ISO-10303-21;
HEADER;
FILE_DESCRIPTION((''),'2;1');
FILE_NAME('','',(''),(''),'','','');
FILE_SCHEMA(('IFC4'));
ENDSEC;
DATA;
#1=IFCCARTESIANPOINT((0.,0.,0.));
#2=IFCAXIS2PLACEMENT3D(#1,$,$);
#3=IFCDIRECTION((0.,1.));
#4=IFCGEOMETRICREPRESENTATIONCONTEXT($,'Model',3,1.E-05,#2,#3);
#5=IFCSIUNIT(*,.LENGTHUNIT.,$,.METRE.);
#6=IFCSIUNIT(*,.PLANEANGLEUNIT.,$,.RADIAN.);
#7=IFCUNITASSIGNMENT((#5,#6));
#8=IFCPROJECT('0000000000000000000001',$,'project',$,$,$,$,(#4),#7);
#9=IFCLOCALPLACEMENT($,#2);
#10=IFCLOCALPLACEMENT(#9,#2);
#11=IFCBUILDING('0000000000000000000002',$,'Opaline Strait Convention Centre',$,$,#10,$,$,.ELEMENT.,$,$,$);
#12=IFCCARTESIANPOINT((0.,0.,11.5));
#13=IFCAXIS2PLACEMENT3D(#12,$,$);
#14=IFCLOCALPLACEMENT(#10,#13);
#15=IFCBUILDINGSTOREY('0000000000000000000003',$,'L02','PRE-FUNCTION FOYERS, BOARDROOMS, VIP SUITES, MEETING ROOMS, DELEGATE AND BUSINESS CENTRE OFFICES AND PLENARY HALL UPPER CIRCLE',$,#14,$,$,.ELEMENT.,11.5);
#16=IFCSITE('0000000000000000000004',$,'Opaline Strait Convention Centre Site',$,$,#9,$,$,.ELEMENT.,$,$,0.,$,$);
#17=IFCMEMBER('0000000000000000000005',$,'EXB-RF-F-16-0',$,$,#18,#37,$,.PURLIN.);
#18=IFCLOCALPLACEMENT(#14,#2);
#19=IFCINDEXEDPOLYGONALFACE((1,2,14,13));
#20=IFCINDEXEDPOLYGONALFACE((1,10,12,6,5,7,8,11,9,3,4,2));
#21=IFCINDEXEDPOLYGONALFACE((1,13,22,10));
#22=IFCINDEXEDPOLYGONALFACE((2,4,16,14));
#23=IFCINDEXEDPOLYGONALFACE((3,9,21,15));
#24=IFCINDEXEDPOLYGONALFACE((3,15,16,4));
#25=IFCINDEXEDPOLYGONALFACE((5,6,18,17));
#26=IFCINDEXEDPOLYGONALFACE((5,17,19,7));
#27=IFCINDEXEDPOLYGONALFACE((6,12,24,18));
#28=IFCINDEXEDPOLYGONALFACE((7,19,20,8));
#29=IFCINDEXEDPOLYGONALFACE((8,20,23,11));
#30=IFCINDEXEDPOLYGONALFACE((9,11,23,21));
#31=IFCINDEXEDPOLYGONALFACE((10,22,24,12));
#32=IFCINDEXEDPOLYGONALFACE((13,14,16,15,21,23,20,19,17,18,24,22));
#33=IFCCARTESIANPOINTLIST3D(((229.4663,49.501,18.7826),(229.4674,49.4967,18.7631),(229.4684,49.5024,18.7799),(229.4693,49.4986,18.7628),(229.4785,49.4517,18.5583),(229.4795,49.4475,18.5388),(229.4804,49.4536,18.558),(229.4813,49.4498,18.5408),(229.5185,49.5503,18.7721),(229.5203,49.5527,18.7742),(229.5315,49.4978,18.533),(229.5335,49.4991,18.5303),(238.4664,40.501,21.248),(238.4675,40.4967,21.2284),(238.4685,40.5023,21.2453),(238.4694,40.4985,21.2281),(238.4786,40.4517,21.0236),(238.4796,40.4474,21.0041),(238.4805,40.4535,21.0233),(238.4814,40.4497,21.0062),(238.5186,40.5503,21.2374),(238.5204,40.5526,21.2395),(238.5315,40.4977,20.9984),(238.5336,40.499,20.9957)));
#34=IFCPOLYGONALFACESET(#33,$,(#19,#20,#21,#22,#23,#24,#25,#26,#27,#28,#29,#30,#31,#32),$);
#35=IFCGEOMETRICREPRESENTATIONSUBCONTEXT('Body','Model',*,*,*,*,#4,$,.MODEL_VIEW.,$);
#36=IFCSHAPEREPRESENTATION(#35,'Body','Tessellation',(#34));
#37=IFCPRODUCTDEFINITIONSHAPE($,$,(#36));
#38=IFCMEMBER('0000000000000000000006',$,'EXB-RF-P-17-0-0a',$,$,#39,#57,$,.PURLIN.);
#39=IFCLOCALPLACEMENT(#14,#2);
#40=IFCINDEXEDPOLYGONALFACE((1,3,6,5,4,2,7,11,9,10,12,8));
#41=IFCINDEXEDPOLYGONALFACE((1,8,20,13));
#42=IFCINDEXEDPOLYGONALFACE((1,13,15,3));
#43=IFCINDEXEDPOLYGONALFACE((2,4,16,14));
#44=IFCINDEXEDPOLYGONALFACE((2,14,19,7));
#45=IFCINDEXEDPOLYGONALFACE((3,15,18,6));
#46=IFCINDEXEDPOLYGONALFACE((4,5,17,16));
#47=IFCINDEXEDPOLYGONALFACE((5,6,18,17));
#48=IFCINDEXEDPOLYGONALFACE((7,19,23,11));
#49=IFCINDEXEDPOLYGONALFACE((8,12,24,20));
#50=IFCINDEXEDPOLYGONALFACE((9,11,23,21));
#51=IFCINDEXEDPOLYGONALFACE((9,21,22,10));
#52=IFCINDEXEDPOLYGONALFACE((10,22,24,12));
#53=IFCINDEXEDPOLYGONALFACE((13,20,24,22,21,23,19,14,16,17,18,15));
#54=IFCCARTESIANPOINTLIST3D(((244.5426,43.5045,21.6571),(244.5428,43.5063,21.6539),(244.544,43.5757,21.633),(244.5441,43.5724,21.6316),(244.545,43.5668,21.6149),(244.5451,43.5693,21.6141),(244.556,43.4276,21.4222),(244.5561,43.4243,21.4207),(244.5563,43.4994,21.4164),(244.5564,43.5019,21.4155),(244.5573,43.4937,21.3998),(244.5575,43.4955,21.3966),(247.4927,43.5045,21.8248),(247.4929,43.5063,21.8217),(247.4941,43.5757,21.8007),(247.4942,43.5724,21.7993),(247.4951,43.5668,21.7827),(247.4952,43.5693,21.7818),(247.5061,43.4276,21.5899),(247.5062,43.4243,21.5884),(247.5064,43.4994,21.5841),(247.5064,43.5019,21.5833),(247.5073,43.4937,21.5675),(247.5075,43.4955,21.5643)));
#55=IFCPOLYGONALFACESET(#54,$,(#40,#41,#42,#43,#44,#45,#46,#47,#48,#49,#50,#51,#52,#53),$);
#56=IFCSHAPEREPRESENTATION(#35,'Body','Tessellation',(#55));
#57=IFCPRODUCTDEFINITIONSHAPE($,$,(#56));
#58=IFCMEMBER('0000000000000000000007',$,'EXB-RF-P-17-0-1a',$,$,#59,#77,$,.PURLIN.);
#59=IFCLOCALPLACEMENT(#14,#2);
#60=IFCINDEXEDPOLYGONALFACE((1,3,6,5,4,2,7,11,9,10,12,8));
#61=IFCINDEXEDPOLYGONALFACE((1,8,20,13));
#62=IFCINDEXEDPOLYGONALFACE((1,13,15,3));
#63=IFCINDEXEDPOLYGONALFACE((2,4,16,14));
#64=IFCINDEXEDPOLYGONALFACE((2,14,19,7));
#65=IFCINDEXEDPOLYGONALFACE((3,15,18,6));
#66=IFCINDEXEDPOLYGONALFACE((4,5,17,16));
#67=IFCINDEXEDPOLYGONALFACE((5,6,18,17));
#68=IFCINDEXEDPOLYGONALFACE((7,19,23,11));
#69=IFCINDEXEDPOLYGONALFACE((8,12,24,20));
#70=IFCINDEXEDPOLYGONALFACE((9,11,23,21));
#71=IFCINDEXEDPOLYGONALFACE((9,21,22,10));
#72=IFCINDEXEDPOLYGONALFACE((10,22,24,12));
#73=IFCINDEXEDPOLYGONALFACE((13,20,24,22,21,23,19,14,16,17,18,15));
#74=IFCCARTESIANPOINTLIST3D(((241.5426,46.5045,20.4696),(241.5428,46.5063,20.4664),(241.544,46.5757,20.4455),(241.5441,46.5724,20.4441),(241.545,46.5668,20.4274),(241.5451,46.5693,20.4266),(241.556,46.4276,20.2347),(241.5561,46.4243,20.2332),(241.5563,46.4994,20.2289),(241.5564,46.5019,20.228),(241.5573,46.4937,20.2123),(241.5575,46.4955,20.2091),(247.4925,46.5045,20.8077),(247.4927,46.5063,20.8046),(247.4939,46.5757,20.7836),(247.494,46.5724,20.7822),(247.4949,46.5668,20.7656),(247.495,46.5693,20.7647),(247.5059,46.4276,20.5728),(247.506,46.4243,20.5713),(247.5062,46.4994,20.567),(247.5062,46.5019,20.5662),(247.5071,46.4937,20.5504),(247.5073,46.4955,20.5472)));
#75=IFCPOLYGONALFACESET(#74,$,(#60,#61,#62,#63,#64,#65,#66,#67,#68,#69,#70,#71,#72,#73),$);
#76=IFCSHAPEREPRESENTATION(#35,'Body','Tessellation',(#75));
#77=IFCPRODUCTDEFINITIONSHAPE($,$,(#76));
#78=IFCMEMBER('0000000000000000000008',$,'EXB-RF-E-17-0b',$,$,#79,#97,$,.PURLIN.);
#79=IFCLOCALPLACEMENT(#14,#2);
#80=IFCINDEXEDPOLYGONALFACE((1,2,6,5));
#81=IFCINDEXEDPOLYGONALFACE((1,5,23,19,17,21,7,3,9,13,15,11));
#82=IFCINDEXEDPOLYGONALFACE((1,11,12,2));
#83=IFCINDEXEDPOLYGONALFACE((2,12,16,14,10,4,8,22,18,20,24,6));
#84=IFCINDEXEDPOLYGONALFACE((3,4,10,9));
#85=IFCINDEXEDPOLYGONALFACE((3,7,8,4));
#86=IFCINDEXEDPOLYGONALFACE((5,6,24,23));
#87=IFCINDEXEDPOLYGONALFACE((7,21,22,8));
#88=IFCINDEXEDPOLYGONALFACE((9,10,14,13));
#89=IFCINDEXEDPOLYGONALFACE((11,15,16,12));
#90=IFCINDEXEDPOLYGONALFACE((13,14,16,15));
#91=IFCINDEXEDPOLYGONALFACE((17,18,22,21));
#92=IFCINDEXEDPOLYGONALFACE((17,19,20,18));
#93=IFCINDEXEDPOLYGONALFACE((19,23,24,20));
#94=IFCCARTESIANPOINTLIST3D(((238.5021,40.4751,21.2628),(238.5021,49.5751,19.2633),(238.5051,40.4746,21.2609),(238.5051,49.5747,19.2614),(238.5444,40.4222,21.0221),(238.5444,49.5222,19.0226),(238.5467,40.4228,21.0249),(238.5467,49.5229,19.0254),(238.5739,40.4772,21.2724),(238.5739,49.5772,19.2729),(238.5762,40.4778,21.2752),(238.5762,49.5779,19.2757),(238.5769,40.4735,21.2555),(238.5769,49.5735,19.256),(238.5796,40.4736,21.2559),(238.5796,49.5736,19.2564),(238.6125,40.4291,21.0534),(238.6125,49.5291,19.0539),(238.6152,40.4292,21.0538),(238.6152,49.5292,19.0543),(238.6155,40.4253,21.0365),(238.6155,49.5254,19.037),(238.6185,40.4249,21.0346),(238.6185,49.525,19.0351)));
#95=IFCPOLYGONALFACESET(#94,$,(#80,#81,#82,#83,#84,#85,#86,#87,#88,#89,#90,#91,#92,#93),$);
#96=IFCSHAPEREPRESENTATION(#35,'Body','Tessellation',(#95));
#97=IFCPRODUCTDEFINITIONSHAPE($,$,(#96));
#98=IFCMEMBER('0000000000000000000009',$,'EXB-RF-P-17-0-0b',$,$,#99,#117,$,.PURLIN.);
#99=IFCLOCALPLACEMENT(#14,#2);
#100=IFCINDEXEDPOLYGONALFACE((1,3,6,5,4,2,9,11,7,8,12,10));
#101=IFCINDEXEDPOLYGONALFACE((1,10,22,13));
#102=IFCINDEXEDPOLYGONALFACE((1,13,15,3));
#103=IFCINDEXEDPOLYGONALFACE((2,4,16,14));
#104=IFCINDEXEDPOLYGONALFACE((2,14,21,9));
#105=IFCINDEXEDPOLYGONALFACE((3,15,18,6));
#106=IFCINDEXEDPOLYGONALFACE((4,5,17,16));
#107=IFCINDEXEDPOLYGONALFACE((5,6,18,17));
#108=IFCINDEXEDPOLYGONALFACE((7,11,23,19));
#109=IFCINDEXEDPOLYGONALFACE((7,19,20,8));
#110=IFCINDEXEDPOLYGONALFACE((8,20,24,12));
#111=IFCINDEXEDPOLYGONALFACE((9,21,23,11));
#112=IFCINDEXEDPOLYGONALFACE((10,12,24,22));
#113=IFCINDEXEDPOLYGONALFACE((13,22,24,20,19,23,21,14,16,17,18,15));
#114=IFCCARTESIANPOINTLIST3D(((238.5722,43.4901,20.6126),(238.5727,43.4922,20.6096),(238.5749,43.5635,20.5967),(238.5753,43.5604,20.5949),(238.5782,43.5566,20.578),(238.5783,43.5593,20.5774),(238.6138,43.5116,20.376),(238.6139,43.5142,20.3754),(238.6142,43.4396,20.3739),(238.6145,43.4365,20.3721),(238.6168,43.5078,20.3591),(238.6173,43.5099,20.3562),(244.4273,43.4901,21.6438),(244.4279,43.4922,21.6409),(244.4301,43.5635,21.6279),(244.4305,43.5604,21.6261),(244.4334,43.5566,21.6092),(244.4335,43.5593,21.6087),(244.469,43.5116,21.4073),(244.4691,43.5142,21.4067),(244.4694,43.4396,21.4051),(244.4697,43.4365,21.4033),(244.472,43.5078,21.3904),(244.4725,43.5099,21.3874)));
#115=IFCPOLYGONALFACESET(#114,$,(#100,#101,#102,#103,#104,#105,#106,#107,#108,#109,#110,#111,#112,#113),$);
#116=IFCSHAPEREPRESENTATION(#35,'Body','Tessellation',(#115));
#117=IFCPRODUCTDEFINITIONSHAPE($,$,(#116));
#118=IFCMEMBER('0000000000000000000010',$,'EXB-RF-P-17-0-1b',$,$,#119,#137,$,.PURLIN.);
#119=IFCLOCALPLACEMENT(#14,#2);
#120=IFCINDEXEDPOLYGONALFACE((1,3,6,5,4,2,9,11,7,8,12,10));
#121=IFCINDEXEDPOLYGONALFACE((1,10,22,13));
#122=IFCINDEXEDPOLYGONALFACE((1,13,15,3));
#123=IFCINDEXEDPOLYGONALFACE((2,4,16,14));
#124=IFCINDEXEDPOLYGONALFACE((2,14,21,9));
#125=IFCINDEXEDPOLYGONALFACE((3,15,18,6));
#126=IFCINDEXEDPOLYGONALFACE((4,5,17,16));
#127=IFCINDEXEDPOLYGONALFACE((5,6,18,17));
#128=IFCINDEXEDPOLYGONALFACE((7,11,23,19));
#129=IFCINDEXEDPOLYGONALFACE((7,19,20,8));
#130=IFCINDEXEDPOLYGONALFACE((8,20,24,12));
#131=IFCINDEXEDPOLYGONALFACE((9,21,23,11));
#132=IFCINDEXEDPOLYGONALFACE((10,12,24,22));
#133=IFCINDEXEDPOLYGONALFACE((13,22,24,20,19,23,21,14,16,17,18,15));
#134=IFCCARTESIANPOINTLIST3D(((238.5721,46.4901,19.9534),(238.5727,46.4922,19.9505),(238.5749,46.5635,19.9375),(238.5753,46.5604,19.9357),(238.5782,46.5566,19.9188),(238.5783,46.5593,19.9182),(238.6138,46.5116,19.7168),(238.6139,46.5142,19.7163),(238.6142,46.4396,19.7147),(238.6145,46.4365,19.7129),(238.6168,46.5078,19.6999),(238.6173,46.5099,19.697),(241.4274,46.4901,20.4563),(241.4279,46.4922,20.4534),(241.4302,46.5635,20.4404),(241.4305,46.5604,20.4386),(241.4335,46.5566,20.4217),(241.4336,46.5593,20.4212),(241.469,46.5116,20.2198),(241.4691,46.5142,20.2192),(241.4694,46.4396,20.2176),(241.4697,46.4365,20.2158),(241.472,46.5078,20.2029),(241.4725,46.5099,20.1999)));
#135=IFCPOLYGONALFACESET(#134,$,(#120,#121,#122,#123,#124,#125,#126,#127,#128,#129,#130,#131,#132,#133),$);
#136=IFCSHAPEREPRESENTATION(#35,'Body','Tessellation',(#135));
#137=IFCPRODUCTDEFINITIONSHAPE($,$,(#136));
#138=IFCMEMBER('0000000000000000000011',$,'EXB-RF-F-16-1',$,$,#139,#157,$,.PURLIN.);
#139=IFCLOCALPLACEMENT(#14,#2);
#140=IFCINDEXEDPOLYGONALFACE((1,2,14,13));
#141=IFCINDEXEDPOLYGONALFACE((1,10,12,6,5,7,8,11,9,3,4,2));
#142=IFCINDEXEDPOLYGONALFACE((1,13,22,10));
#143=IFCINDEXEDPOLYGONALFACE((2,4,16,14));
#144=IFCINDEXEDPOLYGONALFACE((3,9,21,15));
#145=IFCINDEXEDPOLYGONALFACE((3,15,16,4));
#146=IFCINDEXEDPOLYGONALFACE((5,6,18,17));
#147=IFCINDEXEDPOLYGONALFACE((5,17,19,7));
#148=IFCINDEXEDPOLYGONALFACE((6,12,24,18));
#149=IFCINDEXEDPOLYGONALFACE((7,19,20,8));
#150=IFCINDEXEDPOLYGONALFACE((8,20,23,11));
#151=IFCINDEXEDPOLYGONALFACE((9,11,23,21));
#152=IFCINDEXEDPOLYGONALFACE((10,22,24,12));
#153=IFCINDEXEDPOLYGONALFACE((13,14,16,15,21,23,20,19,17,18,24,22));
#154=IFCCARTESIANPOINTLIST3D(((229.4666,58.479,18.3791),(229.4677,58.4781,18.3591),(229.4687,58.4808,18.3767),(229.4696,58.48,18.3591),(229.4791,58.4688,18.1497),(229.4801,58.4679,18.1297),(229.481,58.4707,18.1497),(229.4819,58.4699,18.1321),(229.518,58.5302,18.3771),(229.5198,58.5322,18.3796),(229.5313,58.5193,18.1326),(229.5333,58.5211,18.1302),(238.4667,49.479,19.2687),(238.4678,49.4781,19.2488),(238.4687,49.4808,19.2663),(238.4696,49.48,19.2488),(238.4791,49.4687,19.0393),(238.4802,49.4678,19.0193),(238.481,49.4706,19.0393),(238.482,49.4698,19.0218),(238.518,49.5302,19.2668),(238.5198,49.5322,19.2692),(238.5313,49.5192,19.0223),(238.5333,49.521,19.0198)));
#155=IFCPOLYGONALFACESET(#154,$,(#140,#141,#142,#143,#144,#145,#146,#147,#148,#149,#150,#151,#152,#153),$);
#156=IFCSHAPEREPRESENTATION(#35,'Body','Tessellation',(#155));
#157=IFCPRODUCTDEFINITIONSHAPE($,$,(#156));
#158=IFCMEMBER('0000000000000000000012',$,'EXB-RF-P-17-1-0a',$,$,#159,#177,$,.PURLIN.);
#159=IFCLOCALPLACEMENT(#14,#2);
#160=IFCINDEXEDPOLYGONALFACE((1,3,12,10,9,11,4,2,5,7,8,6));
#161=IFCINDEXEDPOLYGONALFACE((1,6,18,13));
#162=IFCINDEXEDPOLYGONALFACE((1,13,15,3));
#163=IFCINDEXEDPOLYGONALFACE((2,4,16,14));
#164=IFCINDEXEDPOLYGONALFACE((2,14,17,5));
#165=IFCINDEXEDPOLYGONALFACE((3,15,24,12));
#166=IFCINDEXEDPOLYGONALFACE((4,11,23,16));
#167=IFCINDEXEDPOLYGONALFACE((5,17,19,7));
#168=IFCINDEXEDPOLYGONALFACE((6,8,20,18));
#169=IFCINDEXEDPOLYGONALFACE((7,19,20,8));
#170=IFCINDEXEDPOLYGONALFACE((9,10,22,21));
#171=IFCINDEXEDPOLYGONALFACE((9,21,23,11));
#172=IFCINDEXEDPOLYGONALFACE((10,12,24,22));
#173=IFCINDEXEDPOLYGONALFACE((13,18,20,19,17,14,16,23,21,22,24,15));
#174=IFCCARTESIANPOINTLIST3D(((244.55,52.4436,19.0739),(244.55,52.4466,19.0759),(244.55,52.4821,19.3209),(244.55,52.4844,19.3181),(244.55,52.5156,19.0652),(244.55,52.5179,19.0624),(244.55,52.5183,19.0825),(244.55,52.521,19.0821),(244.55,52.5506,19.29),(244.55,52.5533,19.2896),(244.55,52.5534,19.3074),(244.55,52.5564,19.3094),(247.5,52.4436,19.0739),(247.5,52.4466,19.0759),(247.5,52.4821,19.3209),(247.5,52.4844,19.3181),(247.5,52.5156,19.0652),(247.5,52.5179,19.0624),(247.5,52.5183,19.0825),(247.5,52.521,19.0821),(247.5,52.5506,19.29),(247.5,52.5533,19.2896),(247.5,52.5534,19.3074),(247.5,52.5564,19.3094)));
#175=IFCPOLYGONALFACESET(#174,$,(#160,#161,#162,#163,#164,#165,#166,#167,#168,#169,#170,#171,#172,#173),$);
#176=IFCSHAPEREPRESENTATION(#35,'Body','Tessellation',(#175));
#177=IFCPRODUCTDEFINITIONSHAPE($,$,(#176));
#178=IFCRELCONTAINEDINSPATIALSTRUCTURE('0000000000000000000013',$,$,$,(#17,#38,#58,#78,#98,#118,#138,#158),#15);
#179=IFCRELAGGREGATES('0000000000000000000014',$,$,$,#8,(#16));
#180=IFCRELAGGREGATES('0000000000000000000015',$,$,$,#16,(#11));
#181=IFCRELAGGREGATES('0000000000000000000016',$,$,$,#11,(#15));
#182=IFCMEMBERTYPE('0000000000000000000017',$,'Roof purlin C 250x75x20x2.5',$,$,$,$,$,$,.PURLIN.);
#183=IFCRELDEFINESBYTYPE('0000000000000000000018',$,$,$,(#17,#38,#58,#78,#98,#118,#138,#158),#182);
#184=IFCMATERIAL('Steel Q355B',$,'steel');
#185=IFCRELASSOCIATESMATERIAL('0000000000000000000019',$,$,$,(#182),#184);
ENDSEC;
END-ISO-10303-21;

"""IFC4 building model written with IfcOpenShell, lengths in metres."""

from ifc_helpers import new_model, si_unit, direction, frame, origin, place, context, subcontext, project, spatial, polyline, outline, extrude, material, material_profile, profile_set, type_object, element, save


model = new_model("IFC4")

# Units and contexts
model_context = context("Model", 3, precision=1e-05, world=origin(), true_north=direction((0.0, 1.0)))
body_context = subcontext(model_context, "Body", "Model", "MODEL_VIEW")
ifc_project = project(units=[si_unit("LENGTHUNIT", "METRE"), si_unit("PLANEANGLEUNIT", "RADIAN")], contexts=[model_context])

# Site, building, storey
site_placement = place(None, origin())
site = spatial("IfcSite", under=ifc_project, at=site_placement, Name="Opaline Strait Convention Centre Site", CompositionType="ELEMENT", RefElevation=0.0)
building_placement = place(site_placement, origin())
building = spatial("IfcBuilding", under=site, at=building_placement, Name="Opaline Strait Convention Centre", CompositionType="ELEMENT")
storey_placement = place(building_placement, frame((0.0, 0.0, 11.5)))
storey = spatial("IfcBuildingStorey", under=building, at=storey_placement, Name="L02", Description="PRE-FUNCTION FOYERS, BOARDROOMS, VIP SUITES, MEETING ROOMS, DELEGATE AND BUSINESS CENTRE OFFICES AND PLENARY HALL UPPER CIRCLE", CompositionType="ELEMENT", Elevation=11.5)

# Members
ifc_material_1 = material(Name="Steel Q355B", Category="steel")
ifc_material_profile_1 = material_profile(ifc_material_1, outline(polyline([(-0.0376, -0.125), (0.0376, -0.125), (0.0376, -0.105), (0.0349, -0.105), (0.0349, -0.1226), (-0.0349, -0.1226), (-0.0349, 0.1226), (0.0349, 0.1226), (0.0349, 0.105), (0.0376, 0.105), (0.0376, 0.125), (-0.0376, 0.125), (-0.0376, -0.125)])), Name="C 250x75x20x2.5")
ifc_profile_set_1 = profile_set([ifc_material_profile_1], Name="Steel Q355B")
member_type_1 = type_object("IfcMemberType", Name="Roof purlin C 250x75x20x2.5", PredefinedType="PURLIN", material=ifc_profile_set_1)
member_1_placement = place(storey_placement, frame((238.5, 40.5, 21.1218), z_axis=(-0.694204, 0.694204, -0.19016), x_axis=(-0.717834, -0.687136, 0.112067)))
element("IfcMember", 1, at=member_1_placement, inside=storey, type_object=member_type_1, Name="EXB-RF-F-16-0", PredefinedType="PURLIN", context=body_context, shape_type="SweptSolid", body=[
    extrude(outline(polyline([(-0.0376, -0.125), (0.0376, -0.125), (0.0376, -0.105), (0.0349, -0.105), (0.0349, -0.1226), (-0.0349, -0.1226), (-0.0349, 0.1226), (0.0349, 0.1226), (0.0349, 0.105), (0.0376, 0.105), (0.0376, 0.125), (-0.0376, 0.125), (-0.0376, -0.125)])), origin(), (0.0, 0.0, 1.0), 12.9646),
])
member_2_placement = place(storey_placement, frame((244.55, 43.5, 21.5269), z_axis=(0.998388, 0.0, 0.056765), x_axis=(0.018222, 0.947074, -0.320497)))
element("IfcMember", 2, at=member_2_placement, inside=storey, type_object=member_type_1, Name="EXB-RF-P-17-0-0a", PredefinedType="PURLIN", context=body_context, shape_type="SweptSolid", body=[
    extrude(outline(polyline([(-0.0376, -0.125), (0.0376, -0.125), (0.0376, -0.105), (0.0349, -0.105), (0.0349, -0.1226), (-0.0349, -0.1226), (-0.0349, 0.1226), (0.0349, 0.1226), (0.0349, 0.105), (0.0376, 0.105), (0.0376, 0.125), (-0.0376, 0.125), (-0.0376, -0.125)])), origin(), (0.0, 0.0, 1.0), 2.9548),
])
member_3_placement = place(storey_placement, frame((241.55, 46.5, 20.3394), z_axis=(0.998389, 0.0, 0.056738), x_axis=(0.018214, 0.947074, -0.320498)))
element("IfcMember", 3, at=member_3_placement, inside=storey, type_object=member_type_1, Name="EXB-RF-P-17-0-1a", PredefinedType="PURLIN", context=body_context, shape_type="SweptSolid", body=[
    extrude(outline(polyline([(-0.0376, -0.125), (0.0376, -0.125), (0.0376, -0.105), (0.0349, -0.105), (0.0349, -0.1226), (-0.0349, -0.1226), (-0.0349, 0.1226), (0.0349, 0.1226), (0.0349, 0.105), (0.0376, 0.105), (0.0376, 0.125), (-0.0376, 0.125), (-0.0376, -0.125)])), origin(), (0.0, 0.0, 1.0), 5.9595),
])
member_4_placement = place(storey_placement, frame((238.5603, 49.55, 19.1492), z_axis=(0.0, -0.976701, 0.214605), x_axis=(0.98553, 0.036376, 0.165553)))
element("IfcMember", 4, at=member_4_placement, inside=storey, type_object=member_type_1, Name="EXB-RF-E-17-0b", PredefinedType="PURLIN", context=body_context, shape_type="SweptSolid", body=[
    extrude(outline(polyline([(-0.0376, -0.125), (0.0376, -0.125), (0.0376, -0.105), (0.0349, -0.105), (0.0349, -0.1226), (-0.0349, -0.1226), (-0.0349, 0.1226), (0.0349, 0.1226), (0.0349, 0.105), (0.0376, 0.105), (0.0376, 0.125), (-0.0376, 0.125), (-0.0376, -0.125)])), origin(), (0.0, 0.0, 1.0), 9.3171),
])
member_5_placement = place(storey_placement, frame((238.5947, 43.5, 20.4844), z_axis=(0.984842, 0.0, 0.173455), x_axis=(0.037224, 0.976702, -0.211348)))
element("IfcMember", 5, at=member_5_placement, inside=storey, type_object=member_type_1, Name="EXB-RF-P-17-0-0b", PredefinedType="PURLIN", context=body_context, shape_type="SweptSolid", body=[
    extrude(outline(polyline([(-0.0376, -0.125), (0.0376, -0.125), (0.0376, -0.105), (0.0349, -0.105), (0.0349, -0.1226), (-0.0349, -0.1226), (-0.0349, 0.1226), (0.0349, 0.1226), (0.0349, 0.105), (0.0376, 0.105), (0.0376, 0.125), (-0.0376, 0.125), (-0.0376, -0.125)])), origin(), (0.0, 0.0, 1.0), 5.9453),
])
member_6_placement = place(storey_placement, frame((238.5947, 46.5, 19.8252), z_axis=(0.984839, 0.0, 0.173473), x_axis=(0.037227, 0.976702, -0.211347)))
element("IfcMember", 6, at=member_6_placement, inside=storey, type_object=member_type_1, Name="EXB-RF-P-17-0-1b", PredefinedType="PURLIN", context=body_context, shape_type="SweptSolid", body=[
    extrude(outline(polyline([(-0.0376, -0.125), (0.0376, -0.125), (0.0376, -0.105), (0.0349, -0.105), (0.0349, -0.1226), (-0.0349, -0.1226), (-0.0349, 0.1226), (0.0349, 0.1226), (0.0349, 0.105), (0.0376, 0.105), (0.0376, 0.125), (-0.0376, 0.125), (-0.0376, -0.125)])), origin(), (0.0, 0.0, 1.0), 2.8992),
])
member_7_placement = place(storey_placement, frame((238.5, 49.5, 19.1443), z_axis=(-0.705386, 0.705386, -0.069727), x_axis=(-0.706758, -0.707423, -0.006724)))
element("IfcMember", 7, at=member_7_placement, inside=storey, type_object=member_type_1, Name="EXB-RF-F-16-1", PredefinedType="PURLIN", context=body_context, shape_type="SweptSolid", body=[
    extrude(outline(polyline([(-0.0376, -0.125), (0.0376, -0.125), (0.0376, -0.105), (0.0349, -0.105), (0.0349, -0.1226), (-0.0349, -0.1226), (-0.0349, 0.1226), (0.0349, 0.1226), (0.0349, 0.105), (0.0376, 0.105), (0.0376, 0.125), (-0.0376, 0.125), (-0.0376, -0.125)])), origin(), (0.0, 0.0, 1.0), 12.759),
])
member_8_placement = place(storey_placement, frame((244.55, 52.5, 19.1917), z_axis=(1.0, 0.0, 0.0), x_axis=(0.0, 0.988092, -0.153864)))
element("IfcMember", 8, at=member_8_placement, inside=storey, type_object=member_type_1, Name="EXB-RF-P-17-1-0a", PredefinedType="PURLIN", context=body_context, shape_type="SweptSolid", body=[
    extrude(outline(polyline([(-0.0376, -0.125), (0.0376, -0.125), (0.0376, -0.105), (0.0349, -0.105), (0.0349, -0.1226), (-0.0349, -0.1226), (-0.0349, 0.1226), (0.0349, 0.1226), (0.0349, 0.105), (0.0376, 0.105), (0.0376, 0.125), (-0.0376, 0.125), (-0.0376, -0.125)])), origin(), (0.0, 0.0, 1.0), 2.95),
])

save(model, "model.ifc")
